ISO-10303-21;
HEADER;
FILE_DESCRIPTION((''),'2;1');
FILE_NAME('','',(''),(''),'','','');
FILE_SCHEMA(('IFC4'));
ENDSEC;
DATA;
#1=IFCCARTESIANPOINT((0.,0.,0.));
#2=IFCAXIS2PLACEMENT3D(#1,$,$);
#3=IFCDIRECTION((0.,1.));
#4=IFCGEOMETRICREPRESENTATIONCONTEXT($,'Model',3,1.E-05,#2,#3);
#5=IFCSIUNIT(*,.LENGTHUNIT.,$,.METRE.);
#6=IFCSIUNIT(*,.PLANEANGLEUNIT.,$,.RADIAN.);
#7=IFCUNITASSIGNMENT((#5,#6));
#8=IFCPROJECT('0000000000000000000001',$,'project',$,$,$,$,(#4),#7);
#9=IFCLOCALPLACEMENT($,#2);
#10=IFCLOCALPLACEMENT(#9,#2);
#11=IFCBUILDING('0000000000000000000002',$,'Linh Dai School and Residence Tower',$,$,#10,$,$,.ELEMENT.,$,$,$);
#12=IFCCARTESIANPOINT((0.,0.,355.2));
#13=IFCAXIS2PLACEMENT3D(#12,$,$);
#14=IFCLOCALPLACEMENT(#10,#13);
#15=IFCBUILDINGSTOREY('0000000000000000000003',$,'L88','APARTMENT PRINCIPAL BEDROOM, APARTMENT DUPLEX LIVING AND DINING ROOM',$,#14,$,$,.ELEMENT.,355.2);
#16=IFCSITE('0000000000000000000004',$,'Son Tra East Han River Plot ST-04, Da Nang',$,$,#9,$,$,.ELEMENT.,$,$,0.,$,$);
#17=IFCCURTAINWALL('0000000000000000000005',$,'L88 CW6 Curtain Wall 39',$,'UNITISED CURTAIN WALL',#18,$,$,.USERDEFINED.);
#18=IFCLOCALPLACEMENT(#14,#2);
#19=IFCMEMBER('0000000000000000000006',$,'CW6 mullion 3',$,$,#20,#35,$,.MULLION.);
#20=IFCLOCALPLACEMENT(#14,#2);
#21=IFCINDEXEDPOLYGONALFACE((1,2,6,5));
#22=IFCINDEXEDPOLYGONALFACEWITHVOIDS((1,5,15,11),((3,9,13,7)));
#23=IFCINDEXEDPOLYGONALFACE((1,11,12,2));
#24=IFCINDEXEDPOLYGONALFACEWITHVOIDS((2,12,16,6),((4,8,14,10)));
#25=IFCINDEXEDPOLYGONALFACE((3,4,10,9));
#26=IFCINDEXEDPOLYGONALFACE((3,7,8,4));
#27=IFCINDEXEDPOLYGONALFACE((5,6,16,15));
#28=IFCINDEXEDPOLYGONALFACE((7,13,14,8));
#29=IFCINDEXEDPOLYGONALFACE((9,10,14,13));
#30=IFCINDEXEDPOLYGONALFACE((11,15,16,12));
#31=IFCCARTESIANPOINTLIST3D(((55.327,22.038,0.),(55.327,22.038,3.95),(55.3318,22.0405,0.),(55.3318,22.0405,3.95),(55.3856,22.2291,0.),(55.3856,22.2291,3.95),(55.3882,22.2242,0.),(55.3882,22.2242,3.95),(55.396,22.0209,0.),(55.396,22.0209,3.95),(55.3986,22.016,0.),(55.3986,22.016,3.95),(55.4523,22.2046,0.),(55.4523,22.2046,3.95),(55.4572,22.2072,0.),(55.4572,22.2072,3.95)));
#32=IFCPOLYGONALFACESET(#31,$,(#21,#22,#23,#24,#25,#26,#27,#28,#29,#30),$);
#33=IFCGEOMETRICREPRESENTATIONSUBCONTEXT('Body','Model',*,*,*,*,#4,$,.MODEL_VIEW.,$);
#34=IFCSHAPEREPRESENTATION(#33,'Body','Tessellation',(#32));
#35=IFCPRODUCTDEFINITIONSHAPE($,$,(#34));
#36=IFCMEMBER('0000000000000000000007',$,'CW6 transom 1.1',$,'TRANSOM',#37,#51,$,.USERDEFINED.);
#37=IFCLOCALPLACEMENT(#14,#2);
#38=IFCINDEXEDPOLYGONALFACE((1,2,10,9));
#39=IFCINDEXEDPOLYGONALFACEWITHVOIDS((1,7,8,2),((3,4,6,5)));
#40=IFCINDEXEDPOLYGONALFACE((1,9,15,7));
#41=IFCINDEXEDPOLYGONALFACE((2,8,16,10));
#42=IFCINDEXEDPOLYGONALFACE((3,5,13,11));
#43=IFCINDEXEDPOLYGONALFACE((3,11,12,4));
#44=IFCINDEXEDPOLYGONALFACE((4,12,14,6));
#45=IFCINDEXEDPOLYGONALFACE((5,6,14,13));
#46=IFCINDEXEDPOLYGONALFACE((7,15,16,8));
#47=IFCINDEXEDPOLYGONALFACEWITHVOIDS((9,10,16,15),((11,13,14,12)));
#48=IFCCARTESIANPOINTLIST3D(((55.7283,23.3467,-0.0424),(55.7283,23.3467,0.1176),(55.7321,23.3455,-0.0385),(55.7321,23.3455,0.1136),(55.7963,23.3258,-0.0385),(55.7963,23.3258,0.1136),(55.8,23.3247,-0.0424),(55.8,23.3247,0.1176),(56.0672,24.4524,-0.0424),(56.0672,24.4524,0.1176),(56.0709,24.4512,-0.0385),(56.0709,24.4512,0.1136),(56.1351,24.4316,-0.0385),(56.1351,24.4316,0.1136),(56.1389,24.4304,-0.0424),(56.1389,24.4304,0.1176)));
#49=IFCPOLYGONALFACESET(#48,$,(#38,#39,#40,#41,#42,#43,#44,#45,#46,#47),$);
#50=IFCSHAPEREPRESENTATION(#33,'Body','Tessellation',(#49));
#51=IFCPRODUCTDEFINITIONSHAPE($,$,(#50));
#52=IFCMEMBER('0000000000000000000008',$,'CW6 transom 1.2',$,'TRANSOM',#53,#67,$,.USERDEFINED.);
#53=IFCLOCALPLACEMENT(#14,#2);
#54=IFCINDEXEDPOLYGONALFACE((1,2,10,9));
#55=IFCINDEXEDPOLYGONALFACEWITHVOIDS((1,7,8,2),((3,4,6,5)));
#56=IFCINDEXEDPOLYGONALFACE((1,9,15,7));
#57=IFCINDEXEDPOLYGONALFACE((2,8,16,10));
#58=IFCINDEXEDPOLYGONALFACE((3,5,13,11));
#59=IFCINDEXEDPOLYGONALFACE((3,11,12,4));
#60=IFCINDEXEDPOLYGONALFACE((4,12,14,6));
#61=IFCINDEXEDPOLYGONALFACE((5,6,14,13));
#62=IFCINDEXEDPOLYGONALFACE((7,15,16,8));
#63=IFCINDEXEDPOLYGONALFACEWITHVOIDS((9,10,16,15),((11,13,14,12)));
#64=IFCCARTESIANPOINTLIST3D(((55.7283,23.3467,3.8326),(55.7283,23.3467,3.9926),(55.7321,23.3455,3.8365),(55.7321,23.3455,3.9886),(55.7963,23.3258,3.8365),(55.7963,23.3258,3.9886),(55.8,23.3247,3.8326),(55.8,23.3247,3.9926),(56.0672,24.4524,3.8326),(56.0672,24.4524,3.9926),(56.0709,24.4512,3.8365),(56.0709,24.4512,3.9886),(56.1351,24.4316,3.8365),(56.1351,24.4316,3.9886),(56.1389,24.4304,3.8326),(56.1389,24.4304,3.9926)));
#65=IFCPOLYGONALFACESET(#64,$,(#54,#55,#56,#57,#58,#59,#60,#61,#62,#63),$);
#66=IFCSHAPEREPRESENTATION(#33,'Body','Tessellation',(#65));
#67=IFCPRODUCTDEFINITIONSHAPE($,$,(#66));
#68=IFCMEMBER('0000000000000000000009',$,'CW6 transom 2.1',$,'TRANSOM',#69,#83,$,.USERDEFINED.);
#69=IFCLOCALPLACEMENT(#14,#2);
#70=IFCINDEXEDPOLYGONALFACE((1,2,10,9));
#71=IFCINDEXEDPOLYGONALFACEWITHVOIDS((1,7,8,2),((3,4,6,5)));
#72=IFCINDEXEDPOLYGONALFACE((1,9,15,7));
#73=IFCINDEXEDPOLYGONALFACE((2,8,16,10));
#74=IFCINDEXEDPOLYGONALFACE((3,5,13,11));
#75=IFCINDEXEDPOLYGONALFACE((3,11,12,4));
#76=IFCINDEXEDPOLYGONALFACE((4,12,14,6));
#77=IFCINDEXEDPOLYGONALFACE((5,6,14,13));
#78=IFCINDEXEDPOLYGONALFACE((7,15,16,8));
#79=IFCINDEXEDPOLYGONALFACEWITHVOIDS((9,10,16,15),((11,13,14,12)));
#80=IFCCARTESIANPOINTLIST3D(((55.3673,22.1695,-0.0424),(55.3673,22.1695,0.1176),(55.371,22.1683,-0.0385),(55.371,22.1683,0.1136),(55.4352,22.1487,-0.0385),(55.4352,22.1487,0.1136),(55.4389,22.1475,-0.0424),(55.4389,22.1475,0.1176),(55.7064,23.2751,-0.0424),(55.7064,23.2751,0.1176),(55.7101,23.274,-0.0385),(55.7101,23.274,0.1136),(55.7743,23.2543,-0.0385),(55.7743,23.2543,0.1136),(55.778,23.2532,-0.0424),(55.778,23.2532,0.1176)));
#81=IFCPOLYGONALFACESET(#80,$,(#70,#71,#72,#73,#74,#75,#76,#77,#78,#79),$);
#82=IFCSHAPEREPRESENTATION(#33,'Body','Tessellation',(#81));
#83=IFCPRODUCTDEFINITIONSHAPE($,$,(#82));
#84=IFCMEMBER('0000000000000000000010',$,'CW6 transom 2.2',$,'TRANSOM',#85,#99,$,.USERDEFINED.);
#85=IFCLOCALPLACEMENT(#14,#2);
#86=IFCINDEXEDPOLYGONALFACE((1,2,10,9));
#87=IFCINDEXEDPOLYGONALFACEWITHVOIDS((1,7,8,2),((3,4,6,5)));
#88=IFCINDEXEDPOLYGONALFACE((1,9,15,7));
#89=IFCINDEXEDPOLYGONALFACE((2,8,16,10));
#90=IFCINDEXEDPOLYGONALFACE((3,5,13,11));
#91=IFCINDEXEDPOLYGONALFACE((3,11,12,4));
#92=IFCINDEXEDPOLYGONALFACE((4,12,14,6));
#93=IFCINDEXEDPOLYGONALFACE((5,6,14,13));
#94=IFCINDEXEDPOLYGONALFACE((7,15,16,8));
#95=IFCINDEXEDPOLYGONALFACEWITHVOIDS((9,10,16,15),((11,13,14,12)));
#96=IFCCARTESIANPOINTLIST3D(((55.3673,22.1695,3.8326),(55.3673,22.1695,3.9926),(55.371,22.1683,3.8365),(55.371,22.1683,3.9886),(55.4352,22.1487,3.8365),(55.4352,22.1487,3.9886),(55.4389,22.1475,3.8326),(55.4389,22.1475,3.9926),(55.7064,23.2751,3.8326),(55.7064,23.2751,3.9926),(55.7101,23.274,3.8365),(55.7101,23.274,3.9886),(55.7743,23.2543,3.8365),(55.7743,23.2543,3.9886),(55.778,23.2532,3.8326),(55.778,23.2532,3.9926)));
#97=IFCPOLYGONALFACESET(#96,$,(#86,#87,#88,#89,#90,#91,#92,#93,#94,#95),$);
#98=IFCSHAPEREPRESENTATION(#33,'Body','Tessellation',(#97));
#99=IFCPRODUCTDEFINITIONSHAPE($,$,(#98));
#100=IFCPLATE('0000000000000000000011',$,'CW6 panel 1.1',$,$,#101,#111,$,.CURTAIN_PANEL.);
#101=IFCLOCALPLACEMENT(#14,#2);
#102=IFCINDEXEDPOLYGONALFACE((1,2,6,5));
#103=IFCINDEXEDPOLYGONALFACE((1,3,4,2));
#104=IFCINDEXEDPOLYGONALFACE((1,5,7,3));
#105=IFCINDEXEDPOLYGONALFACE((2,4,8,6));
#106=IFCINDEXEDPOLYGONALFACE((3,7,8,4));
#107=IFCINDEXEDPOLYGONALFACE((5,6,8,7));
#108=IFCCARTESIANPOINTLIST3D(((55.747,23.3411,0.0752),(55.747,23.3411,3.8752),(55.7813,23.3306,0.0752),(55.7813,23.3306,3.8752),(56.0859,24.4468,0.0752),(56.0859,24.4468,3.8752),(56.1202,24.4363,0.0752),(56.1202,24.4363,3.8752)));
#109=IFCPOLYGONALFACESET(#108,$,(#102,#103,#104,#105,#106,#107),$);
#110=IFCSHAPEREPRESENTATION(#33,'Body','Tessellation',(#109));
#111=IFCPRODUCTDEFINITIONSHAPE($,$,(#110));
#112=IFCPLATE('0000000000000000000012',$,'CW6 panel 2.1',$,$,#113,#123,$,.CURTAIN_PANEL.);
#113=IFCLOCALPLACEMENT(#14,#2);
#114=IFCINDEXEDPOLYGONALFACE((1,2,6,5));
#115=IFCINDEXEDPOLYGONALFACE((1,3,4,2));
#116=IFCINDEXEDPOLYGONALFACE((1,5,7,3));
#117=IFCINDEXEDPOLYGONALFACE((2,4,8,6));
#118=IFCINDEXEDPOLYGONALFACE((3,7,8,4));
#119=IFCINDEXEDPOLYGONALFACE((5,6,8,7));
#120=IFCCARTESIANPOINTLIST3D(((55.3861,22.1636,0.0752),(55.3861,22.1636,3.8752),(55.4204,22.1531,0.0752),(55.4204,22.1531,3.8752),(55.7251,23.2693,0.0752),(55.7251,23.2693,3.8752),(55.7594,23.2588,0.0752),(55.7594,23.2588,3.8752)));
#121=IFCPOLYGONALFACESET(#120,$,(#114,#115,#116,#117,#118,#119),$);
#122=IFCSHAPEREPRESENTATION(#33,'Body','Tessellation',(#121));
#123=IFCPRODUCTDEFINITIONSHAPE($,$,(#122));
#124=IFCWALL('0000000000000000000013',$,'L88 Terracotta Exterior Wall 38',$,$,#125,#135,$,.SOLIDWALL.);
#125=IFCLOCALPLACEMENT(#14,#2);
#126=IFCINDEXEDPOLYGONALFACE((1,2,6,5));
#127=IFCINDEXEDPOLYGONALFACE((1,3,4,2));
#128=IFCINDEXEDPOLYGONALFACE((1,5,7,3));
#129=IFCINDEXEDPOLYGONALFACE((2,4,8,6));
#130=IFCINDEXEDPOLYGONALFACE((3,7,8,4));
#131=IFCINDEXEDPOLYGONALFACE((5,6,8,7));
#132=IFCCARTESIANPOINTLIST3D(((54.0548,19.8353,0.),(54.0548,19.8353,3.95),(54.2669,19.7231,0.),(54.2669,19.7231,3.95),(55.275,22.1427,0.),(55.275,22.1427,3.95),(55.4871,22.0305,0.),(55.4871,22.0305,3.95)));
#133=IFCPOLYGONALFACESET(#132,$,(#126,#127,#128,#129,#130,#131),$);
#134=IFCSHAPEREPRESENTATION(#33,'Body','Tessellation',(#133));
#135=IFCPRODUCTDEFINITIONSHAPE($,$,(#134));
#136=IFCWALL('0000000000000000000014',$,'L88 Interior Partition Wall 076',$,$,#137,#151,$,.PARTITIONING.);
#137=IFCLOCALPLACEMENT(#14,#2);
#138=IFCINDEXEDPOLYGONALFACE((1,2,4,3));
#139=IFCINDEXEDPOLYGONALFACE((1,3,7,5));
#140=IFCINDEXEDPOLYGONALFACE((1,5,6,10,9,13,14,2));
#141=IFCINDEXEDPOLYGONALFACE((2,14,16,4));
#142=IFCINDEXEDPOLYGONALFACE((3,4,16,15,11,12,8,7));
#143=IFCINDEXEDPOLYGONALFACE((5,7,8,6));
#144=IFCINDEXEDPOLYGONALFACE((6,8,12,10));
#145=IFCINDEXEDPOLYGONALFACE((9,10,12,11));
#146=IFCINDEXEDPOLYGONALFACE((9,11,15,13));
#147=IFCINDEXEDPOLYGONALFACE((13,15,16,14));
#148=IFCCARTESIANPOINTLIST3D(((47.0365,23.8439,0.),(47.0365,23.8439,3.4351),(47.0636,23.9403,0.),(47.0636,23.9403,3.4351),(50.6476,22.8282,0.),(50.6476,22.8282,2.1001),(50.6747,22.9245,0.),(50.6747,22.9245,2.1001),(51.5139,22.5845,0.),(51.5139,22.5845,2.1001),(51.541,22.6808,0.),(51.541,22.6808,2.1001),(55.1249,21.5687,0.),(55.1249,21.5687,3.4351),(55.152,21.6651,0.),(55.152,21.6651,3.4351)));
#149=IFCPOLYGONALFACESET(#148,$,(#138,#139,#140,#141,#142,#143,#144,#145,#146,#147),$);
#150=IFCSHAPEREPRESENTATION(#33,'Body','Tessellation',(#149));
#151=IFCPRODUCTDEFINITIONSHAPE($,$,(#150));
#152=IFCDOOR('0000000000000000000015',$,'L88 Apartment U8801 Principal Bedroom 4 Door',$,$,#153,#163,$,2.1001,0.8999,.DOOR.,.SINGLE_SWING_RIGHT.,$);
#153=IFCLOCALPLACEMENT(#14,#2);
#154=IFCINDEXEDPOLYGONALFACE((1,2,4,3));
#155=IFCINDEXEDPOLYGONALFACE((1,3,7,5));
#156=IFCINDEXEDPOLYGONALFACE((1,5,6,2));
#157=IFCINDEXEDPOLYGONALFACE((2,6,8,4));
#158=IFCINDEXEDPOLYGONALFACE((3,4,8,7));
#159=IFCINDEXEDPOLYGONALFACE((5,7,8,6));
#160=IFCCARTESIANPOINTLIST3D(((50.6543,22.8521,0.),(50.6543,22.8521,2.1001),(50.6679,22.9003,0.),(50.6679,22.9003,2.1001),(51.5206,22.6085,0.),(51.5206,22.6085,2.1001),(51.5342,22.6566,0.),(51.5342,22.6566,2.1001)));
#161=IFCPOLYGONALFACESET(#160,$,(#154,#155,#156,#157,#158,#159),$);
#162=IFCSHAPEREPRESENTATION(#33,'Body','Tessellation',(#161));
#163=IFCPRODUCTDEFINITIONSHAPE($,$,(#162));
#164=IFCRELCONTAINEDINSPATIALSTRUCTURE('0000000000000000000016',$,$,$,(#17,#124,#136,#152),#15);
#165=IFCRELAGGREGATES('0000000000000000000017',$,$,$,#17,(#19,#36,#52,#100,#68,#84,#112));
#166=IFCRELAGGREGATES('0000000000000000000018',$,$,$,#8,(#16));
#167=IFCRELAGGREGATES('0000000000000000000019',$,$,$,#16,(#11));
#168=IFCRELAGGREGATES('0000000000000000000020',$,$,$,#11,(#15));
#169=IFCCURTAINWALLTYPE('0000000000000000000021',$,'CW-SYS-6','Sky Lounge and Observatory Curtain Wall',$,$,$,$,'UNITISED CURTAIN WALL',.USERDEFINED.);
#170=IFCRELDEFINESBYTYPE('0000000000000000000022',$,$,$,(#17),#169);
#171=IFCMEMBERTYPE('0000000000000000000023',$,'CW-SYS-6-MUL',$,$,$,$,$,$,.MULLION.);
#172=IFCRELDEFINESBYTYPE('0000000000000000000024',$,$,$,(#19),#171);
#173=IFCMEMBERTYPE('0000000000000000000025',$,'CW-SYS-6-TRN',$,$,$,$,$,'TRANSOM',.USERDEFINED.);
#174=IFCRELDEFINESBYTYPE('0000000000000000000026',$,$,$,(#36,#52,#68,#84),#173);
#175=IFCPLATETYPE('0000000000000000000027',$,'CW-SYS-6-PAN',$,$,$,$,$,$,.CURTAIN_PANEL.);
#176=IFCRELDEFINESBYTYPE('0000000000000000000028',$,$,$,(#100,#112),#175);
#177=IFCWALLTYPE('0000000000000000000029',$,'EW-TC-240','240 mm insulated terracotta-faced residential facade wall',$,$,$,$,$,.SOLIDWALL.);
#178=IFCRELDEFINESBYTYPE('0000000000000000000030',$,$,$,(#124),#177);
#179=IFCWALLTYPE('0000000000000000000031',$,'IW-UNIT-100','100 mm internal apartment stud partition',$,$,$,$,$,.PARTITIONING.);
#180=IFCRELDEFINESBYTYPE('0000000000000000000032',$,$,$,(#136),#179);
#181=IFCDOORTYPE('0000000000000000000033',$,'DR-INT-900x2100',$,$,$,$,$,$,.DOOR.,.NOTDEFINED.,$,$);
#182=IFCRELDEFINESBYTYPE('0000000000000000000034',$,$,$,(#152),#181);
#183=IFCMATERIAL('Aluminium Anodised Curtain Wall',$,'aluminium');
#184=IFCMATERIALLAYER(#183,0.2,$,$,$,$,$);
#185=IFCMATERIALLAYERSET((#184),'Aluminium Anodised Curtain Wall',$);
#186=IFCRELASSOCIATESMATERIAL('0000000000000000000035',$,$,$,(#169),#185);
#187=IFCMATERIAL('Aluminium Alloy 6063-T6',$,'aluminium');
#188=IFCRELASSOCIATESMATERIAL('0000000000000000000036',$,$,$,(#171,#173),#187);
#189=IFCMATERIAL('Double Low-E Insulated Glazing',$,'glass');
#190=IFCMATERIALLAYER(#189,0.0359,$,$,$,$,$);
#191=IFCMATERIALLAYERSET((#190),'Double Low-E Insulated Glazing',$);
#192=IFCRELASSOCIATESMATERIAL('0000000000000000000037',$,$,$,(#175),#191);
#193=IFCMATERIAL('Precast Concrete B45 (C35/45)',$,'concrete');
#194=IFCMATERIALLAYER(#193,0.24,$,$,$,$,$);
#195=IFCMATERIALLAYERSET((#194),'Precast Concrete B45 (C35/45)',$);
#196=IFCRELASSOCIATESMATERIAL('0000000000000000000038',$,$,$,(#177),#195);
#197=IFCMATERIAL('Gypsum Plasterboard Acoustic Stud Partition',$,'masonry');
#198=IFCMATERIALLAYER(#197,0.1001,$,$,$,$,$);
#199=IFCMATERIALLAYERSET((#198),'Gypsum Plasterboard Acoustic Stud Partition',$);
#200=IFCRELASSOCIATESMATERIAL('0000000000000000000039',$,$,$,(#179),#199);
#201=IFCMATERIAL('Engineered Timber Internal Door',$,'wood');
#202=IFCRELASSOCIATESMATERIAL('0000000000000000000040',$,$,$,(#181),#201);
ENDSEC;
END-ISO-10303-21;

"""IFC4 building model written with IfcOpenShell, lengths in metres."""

from ifc_helpers import new_model, si_unit, direction, frame, frame_2d, origin, origin_2d, place, context, subcontext, project, spatial, rectangle, hollow_rectangle, extrude, source, transform, mapped, material, layer, layer_set, material_profile, profile_set, type_object, element, fill, aggregate, save


model = new_model("IFC4")

# Units and contexts
model_context = context("Model", 3, precision=1e-05, world=origin(), true_north=direction((0.0, 1.0)))
body_context = subcontext(model_context, "Body", "Model", "MODEL_VIEW")
ifc_project = project(units=[si_unit("LENGTHUNIT", "METRE"), si_unit("PLANEANGLEUNIT", "RADIAN")], contexts=[model_context])

# Site, building, storey
site_placement = place(None, origin())
site = spatial("IfcSite", under=ifc_project, at=site_placement, Name="Son Tra East Han River Plot ST-04, Da Nang", CompositionType="ELEMENT", RefElevation=0.0)
building_placement = place(site_placement, origin())
building = spatial("IfcBuilding", under=site, at=building_placement, Name="Linh Dai School and Residence Tower", CompositionType="ELEMENT")
storey_placement = place(building_placement, frame((0.0, 0.0, 355.2)))
storey = spatial("IfcBuildingStorey", under=building, at=storey_placement, Name="L88", Description="APARTMENT PRINCIPAL BEDROOM, APARTMENT DUPLEX LIVING AND DINING ROOM", CompositionType="ELEMENT", Elevation=355.2)

# Curtain wall, members, plates
ifc_material_1 = material(Name="Aluminium Anodised Curtain Wall", Category="aluminium")
ifc_layer_1 = layer(ifc_material_1, 0.2)
ifc_layer_set_1 = layer_set([ifc_layer_1], Name="Aluminium Anodised Curtain Wall")
curtain_wall_type = type_object("IfcCurtainWallType", Name="CW-SYS-6", Description="Sky Lounge and Observatory Curtain Wall", ElementType="UNITISED CURTAIN WALL", PredefinedType="USERDEFINED", material=ifc_layer_set_1)
curtain_wall_placement = place(storey_placement, origin())
curtain_wall = element("IfcCurtainWall", 1, at=curtain_wall_placement, inside=storey, type_object=curtain_wall_type, Name="L88 CW6 Curtain Wall 39", ObjectType="UNITISED CURTAIN WALL", PredefinedType="USERDEFINED")
ifc_material_2 = material(Name="Aluminium Alloy 6063-T6", Category="aluminium")
ifc_material_profile_1 = material_profile(ifc_material_2, hollow_rectangle(XDim=0.075, YDim=0.2, WallThickness=0.0039, at=origin_2d()), Name="RHS 200x75x4")
ifc_profile_set_1 = profile_set([ifc_material_profile_1], Name="Aluminium Alloy 6063-T6")
member_type_1 = type_object("IfcMemberType", Name="CW-SYS-6-MUL", PredefinedType="MULLION", material=ifc_profile_set_1)
shared_shape_1 = source(origin(), body_context, "Body", "SweptSolid", [
    extrude(hollow_rectangle(XDim=0.075, YDim=0.2, WallThickness=0.0039, at=origin_2d()), origin(), (0.0, 0.0, 1.0), 3.95),
])
member_1_placement = place(storey_placement, frame((55.3921, 22.1226, 0.0), z_axis=(0.0, 0.0, 1.0), x_axis=(0.956083, -0.293095, 0.0)))
member_1 = element("IfcMember", 2, at=member_1_placement, type_object=member_type_1, Name="CW6 mullion 3", PredefinedType="MULLION", context=body_context, shape_type="MappedRepresentation", body=[
    mapped(shared_shape_1, transform((0.0, 0.0, 0.0), x_axis=(1.0, 0.0, 0.0), y_axis=(0.0, 1.0, 0.0), z_axis=(0.0, 0.0, 1.0), scale=1.0)),
])
ifc_material_profile_2 = material_profile(ifc_material_2, hollow_rectangle(XDim=0.075, YDim=0.1599, WallThickness=0.0039, at=origin_2d()), Name="RHS 160x75x4")
ifc_profile_set_2 = profile_set([ifc_material_profile_2], Name="Aluminium Alloy 6063-T6")
member_type_2 = type_object("IfcMemberType", Name="CW-SYS-6-TRN", ElementType="TRANSOM", PredefinedType="USERDEFINED", material=ifc_profile_set_2)
shared_shape_2 = source(origin(), body_context, "Body", "SweptSolid", [
    extrude(hollow_rectangle(XDim=0.075, YDim=0.1599, WallThickness=0.0039, at=origin_2d()), origin(), (0.0, 0.0, 1.0), 1.1565),
])
member_2_placement = place(storey_placement, frame((56.103, 24.4414, 0.0376), z_axis=(-0.293018, -0.956107, 0.0), x_axis=(0.956107, -0.293018, 0.0)))
member_2 = element("IfcMember", 3, at=member_2_placement, type_object=member_type_2, Name="CW6 transom 1.1", ObjectType="TRANSOM", PredefinedType="USERDEFINED", context=body_context, shape_type="MappedRepresentation", body=[
    mapped(shared_shape_2, transform((0.0, 0.0, 0.0), x_axis=(1.0, 0.0, 0.0), y_axis=(0.0, 1.0, 0.0), z_axis=(0.0, 0.0, 1.0), scale=1.0)),
])
member_3_placement = place(storey_placement, frame((56.103, 24.4414, 3.9126), z_axis=(-0.293018, -0.956107, 0.0), x_axis=(0.956107, -0.293018, 0.0)))
member_3 = element("IfcMember", 4, at=member_3_placement, type_object=member_type_2, Name="CW6 transom 1.2", ObjectType="TRANSOM", PredefinedType="USERDEFINED", context=body_context, shape_type="MappedRepresentation", body=[
    mapped(shared_shape_2, transform((0.0, 0.0, 0.0), x_axis=(1.0, 0.0, 0.0), y_axis=(0.0, 1.0, 0.0), z_axis=(0.0, 0.0, 1.0), scale=1.0)),
])
member_4_placement = place(storey_placement, frame((55.7422, 23.2642, 0.0376), z_axis=(-0.293211, -0.956048, 0.0), x_axis=(0.956048, -0.293211, 0.0)))
member_4 = element("IfcMember", 5, at=member_4_placement, type_object=member_type_2, Name="CW6 transom 2.1", ObjectType="TRANSOM", PredefinedType="USERDEFINED", context=body_context, shape_type="MappedRepresentation", body=[
    mapped(shared_shape_2, transform((0.0, 0.0, 0.0), x_axis=(1.0, 0.0, 0.0), y_axis=(0.0, 1.0, 0.0), z_axis=(0.0, 0.0, 1.0), scale=1.0)),
])
member_5_placement = place(storey_placement, frame((55.7422, 23.2642, 3.9126), z_axis=(-0.293211, -0.956048, 0.0), x_axis=(0.956048, -0.293211, 0.0)))
member_5 = element("IfcMember", 6, at=member_5_placement, type_object=member_type_2, Name="CW6 transom 2.2", ObjectType="TRANSOM", PredefinedType="USERDEFINED", context=body_context, shape_type="MappedRepresentation", body=[
    mapped(shared_shape_2, transform((0.0, 0.0, 0.0), x_axis=(1.0, 0.0, 0.0), y_axis=(0.0, 1.0, 0.0), z_axis=(0.0, 0.0, 1.0), scale=1.0)),
])
ifc_material_3 = material(Name="Double Low-E Insulated Glazing", Category="glass")
ifc_layer_2 = layer(ifc_material_3, 0.0359)
ifc_layer_set_2 = layer_set([ifc_layer_2], Name="Double Low-E Insulated Glazing")
plate_type = type_object("IfcPlateType", Name="CW-SYS-6-PAN", PredefinedType="CURTAIN_PANEL", material=ifc_layer_set_2)
shared_shape_3 = source(origin(), body_context, "Body", "SweptSolid", [
    extrude(rectangle(XDim=1.1565, YDim=0.0359, at=origin_2d()), origin(), (0.0, 0.0, 1.0), 3.8),
])
plate_1_placement = place(storey_placement, frame((55.9336, 23.8887, 0.0752), z_axis=(0.0, 0.0, 1.0), x_axis=(-0.293095, -0.956083, 0.0)))
plate_1 = element("IfcPlate", 7, at=plate_1_placement, type_object=plate_type, Name="CW6 panel 1.1", PredefinedType="CURTAIN_PANEL", context=body_context, shape_type="MappedRepresentation", body=[
    mapped(shared_shape_3, transform((0.0, 0.0, 0.0), x_axis=(1.0, 0.0, 0.0), y_axis=(0.0, 1.0, 0.0), z_axis=(0.0, 0.0, 1.0), scale=1.0)),
])
plate_2_placement = place(storey_placement, frame((55.5728, 22.7112, 0.0752), z_axis=(0.0, 0.0, 1.0), x_axis=(-0.293095, -0.956083, 0.0)))
plate_2 = element("IfcPlate", 8, at=plate_2_placement, type_object=plate_type, Name="CW6 panel 2.1", PredefinedType="CURTAIN_PANEL", context=body_context, shape_type="MappedRepresentation", body=[
    mapped(shared_shape_3, transform((0.0, 0.0, 0.0), x_axis=(1.0, 0.0, 0.0), y_axis=(0.0, 1.0, 0.0), z_axis=(0.0, 0.0, 1.0), scale=1.0)),
])
aggregate(curtain_wall, [member_1, member_2, member_3, plate_1, member_4, member_5, plate_2])

# Wall
ifc_material_4 = material(Name="Precast Concrete B45 (C35/45)", Category="concrete")
ifc_layer_3 = layer(ifc_material_4, 0.24)
ifc_layer_set_3 = layer_set([ifc_layer_3], Name="Precast Concrete B45 (C35/45)")
wall_type_1 = type_object("IfcWallType", Name="EW-TC-240", Description="240 mm insulated terracotta-faced residential facade wall", PredefinedType="SOLIDWALL", material=ifc_layer_set_3)
wall_1_placement = place(storey_placement, frame((55.3811, 22.0867, 0.0), z_axis=(0.0, 0.0, 1.0), x_axis=(-0.467488, -0.883999, 0.0)))
element("IfcWall", 9, at=wall_1_placement, inside=storey, type_object=wall_type_1, Name="L88 Terracotta Exterior Wall 38", PredefinedType="SOLIDWALL", context=body_context, shape_type="SweptSolid", body=[
    extrude(rectangle(XDim=2.6101, YDim=0.24, at=frame_2d((1.3052, 0.0))), origin(), (0.0, 0.0, 1.0), 3.95),
])

# Wall, opening, door
ifc_material_5 = material(Name="Gypsum Plasterboard Acoustic Stud Partition", Category="masonry")
ifc_layer_4 = layer(ifc_material_5, 0.1001)
ifc_layer_set_4 = layer_set([ifc_layer_4], Name="Gypsum Plasterboard Acoustic Stud Partition")
wall_type_2 = type_object("IfcWallType", Name="IW-UNIT-100", Description="100 mm internal apartment stud partition", PredefinedType="PARTITIONING", material=ifc_layer_set_4)
wall_2_placement = place(storey_placement, frame((47.05, 23.8921, 0.0), z_axis=(0.0, 0.0, 1.0), x_axis=(0.962642, -0.270778, 0.0)))
wall_2 = element("IfcWall", 10, at=wall_2_placement, inside=storey, type_object=wall_type_2, Name="L88 Interior Partition Wall 076", PredefinedType="PARTITIONING", context=body_context, shape_type="SweptSolid", body=[
    extrude(rectangle(XDim=8.4023, YDim=0.1001, at=frame_2d((4.2012, 0.0))), origin(), (0.0, 0.0, 1.0), 3.4351),
])
opening_1_placement = place(wall_2_placement, frame((3.7512, 0.0, 0.0)))
opening_1 = element("IfcOpeningElement", 11, at=opening_1_placement, cuts=wall_2, PredefinedType="OPENING", context=body_context, shape_type="SweptSolid", body=[
    extrude(rectangle(XDim=0.8999, YDim=2.1001, at=origin_2d()), frame((0.45, 0.0601, 1.05), z_axis=(0.0, -1.0, 0.0), x_axis=(1.0, 0.0, 0.0)), (0.0, 0.0, 1.0), 0.1201),
])
ifc_material_6 = material(Name="Engineered Timber Internal Door", Category="wood")
door_type_1 = type_object("IfcDoorType", Name="DR-INT-900x2100", OperationType="NOTDEFINED", PredefinedType="DOOR", material=ifc_material_6)
shared_shape_4 = source(origin(), body_context, "Body", "SweptSolid", [
    extrude(rectangle(XDim=0.8999, YDim=2.1001, at=origin_2d()), frame((0.45, 0.0249, 1.05), z_axis=(0.0, -1.0, 0.0), x_axis=(1.0, 0.0, 0.0)), (0.0, 0.0, 1.0), 0.05),
])
door_1_placement = place(opening_1_placement, origin())
door_1 = element("IfcDoor", 12, at=door_1_placement, inside=storey, type_object=door_type_1, Name="L88 Apartment U8801 Principal Bedroom 4 Door", OperationType="SINGLE_SWING_RIGHT", OverallHeight=2.1001, OverallWidth=0.8999, PredefinedType="DOOR", context=body_context, shape_type="MappedRepresentation", body=[
    mapped(shared_shape_4, transform((0.0, 0.0, 0.0), x_axis=(1.0, 0.0, 0.0), y_axis=(0.0, 1.0, 0.0), z_axis=(0.0, 0.0, 1.0), scale=1.0)),
])
fill(opening_1, door_1)

save(model, "model.ifc")
